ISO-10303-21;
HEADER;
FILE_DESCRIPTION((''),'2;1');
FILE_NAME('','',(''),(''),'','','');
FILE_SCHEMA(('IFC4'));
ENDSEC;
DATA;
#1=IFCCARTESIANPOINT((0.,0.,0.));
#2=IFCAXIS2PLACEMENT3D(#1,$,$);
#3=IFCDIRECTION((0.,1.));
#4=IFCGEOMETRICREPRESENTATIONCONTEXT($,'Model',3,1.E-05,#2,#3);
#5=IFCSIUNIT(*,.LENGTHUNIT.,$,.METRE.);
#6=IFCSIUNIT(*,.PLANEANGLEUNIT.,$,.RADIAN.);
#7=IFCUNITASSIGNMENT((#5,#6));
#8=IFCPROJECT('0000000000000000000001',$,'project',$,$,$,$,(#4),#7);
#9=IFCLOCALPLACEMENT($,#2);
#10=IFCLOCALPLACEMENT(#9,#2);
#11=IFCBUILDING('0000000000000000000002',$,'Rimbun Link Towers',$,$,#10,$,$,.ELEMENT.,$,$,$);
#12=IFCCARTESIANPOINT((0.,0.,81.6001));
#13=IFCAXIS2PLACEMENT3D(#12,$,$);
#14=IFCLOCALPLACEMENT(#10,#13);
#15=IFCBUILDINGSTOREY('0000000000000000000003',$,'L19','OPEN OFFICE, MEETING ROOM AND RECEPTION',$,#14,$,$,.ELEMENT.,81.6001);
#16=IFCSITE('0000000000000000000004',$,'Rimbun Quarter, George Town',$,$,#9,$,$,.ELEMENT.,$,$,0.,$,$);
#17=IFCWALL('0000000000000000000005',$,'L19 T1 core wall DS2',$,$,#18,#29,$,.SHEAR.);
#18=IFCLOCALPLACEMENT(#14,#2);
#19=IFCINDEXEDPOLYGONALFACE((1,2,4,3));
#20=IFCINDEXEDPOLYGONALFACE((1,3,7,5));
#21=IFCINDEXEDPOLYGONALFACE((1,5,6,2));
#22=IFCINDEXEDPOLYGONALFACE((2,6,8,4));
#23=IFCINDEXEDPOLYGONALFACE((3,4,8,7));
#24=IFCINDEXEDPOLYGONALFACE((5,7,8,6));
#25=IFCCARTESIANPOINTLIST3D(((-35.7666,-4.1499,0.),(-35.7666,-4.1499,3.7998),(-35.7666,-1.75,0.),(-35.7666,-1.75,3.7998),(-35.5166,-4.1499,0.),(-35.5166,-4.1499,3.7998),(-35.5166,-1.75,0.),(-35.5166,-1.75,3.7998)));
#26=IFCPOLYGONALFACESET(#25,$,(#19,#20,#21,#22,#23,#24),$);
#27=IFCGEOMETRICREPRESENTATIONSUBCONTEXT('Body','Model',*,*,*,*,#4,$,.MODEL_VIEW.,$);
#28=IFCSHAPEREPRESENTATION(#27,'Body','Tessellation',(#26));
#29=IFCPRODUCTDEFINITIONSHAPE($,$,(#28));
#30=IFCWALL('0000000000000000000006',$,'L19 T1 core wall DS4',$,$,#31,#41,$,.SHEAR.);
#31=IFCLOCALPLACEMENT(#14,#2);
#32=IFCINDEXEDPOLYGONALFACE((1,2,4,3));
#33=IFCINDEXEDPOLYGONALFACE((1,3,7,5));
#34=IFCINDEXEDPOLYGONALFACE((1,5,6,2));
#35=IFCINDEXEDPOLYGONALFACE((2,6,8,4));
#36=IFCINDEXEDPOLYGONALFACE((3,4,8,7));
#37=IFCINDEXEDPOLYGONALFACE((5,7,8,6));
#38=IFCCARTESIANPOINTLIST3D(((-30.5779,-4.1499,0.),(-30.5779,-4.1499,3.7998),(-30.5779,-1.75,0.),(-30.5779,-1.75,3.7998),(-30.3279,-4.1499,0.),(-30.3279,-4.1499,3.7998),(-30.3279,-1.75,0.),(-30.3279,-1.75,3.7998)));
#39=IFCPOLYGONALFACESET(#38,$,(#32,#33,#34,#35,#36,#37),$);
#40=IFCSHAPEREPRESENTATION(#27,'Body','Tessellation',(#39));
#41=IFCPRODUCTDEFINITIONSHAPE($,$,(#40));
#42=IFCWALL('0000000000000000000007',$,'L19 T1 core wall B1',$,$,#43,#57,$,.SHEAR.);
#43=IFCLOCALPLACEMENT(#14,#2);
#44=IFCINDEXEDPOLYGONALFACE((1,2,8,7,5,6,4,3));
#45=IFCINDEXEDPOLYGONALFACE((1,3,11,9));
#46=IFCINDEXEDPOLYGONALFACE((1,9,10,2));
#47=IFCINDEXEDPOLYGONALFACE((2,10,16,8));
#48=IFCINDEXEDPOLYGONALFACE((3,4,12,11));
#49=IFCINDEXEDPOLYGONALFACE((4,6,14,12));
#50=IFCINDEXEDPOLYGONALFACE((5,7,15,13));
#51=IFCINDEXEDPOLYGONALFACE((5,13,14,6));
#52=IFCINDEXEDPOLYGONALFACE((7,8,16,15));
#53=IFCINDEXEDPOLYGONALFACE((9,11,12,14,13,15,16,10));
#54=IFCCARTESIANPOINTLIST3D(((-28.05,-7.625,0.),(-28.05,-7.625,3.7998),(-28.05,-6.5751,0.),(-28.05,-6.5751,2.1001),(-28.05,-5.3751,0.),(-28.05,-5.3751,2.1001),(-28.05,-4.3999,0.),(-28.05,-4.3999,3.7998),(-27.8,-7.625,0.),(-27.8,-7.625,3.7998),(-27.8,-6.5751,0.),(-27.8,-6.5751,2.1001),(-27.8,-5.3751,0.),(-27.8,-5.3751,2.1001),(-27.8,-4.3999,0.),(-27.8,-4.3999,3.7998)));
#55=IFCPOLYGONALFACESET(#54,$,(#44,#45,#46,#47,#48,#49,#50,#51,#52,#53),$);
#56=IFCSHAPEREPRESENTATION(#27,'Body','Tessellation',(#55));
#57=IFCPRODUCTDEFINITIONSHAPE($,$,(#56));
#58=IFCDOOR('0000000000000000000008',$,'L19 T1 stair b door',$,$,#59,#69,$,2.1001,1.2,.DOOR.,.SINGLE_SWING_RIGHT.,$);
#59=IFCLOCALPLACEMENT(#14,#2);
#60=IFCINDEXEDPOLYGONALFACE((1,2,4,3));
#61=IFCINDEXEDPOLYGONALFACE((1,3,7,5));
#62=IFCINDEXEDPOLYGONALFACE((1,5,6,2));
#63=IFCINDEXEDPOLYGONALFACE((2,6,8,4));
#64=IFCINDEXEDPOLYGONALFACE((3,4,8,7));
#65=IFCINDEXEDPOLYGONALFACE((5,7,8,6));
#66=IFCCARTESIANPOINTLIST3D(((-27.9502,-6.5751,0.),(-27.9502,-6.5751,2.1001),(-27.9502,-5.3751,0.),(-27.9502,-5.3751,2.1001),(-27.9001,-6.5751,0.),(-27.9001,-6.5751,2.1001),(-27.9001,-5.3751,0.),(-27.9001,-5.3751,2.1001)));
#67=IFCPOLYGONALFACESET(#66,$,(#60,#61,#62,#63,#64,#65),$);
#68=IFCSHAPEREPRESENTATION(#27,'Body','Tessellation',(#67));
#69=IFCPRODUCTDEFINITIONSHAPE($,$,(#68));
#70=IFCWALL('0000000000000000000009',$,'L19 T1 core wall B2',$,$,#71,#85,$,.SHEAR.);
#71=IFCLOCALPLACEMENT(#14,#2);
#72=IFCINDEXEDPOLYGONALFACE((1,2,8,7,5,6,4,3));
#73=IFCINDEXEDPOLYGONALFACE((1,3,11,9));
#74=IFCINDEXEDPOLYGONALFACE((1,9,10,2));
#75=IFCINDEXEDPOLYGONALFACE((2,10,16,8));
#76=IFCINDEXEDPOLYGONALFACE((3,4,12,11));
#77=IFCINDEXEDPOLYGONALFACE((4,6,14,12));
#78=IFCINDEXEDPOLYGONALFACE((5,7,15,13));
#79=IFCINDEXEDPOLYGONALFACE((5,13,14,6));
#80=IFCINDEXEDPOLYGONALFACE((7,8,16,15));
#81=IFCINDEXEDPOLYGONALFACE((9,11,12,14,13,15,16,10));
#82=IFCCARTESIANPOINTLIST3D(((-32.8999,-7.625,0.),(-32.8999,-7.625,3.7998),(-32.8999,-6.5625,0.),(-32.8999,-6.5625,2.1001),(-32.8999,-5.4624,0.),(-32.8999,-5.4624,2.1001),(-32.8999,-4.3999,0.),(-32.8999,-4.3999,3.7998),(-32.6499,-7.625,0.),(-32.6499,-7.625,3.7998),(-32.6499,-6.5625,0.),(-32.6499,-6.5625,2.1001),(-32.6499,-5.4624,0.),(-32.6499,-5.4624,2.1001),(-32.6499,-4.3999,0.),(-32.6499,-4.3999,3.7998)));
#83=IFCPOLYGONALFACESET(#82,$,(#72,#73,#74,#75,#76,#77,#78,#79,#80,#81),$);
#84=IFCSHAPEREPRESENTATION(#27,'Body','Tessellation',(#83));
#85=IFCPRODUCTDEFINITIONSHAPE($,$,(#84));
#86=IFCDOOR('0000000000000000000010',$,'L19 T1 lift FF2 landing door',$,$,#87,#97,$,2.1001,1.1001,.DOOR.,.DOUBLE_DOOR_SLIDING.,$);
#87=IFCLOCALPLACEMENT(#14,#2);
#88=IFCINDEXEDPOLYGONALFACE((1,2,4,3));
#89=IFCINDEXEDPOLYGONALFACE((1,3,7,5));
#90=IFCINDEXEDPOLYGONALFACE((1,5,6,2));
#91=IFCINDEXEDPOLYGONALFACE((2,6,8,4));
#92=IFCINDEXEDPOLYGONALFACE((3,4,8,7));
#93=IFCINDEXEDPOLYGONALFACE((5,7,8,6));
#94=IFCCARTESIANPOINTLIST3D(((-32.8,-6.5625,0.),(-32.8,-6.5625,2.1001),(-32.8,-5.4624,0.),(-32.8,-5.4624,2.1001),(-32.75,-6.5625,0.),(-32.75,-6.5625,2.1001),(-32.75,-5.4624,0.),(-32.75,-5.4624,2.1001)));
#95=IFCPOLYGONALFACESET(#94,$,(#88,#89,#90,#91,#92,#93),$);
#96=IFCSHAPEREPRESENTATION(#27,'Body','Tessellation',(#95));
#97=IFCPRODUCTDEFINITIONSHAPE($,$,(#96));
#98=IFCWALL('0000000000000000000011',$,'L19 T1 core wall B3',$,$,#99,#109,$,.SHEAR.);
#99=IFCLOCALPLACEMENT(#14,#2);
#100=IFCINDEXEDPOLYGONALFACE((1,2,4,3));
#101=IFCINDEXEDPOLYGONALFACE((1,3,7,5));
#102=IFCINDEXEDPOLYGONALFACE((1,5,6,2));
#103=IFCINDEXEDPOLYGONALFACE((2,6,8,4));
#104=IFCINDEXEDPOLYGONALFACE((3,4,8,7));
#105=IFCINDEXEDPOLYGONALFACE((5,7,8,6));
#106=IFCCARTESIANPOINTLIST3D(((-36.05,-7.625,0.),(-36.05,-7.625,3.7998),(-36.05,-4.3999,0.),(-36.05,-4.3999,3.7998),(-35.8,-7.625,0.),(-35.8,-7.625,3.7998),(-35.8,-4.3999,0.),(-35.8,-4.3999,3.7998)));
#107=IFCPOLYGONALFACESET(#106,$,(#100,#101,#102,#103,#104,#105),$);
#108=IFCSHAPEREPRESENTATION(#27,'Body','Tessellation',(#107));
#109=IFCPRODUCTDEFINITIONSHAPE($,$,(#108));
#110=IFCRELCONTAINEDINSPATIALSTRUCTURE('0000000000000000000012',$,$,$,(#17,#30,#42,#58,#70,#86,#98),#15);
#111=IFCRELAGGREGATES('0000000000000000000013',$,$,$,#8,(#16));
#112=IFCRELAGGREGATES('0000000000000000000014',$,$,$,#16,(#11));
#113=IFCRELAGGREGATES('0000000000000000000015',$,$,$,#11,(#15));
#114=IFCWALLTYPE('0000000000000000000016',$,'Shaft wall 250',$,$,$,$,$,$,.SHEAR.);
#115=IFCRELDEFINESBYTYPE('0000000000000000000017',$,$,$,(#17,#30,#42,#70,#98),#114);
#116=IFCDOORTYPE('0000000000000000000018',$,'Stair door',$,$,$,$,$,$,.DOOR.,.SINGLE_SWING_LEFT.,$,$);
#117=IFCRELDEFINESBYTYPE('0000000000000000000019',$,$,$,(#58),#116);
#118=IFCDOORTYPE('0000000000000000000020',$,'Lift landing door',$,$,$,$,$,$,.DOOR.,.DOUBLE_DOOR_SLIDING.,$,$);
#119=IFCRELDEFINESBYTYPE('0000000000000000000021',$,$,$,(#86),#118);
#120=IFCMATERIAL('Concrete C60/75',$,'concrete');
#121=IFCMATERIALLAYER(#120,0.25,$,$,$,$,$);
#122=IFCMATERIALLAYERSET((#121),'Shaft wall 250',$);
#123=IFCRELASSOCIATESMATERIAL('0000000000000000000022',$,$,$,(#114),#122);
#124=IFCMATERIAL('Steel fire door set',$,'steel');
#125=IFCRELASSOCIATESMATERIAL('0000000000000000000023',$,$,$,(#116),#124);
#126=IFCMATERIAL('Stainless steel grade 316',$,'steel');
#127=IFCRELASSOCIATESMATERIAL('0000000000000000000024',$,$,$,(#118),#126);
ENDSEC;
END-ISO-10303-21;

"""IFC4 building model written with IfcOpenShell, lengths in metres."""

from ifc_helpers import new_model, si_unit, direction, frame, frame_2d, origin, place, context, subcontext, project, spatial, rectangle, extrude, material, layer, layer_set, type_object, element, fill, save


model = new_model("IFC4")

# Units and contexts
model_context = context("Model", 3, precision=1e-05, world=origin(), true_north=direction((0.0, 1.0)))
body_context = subcontext(model_context, "Body", "Model", "MODEL_VIEW")
ifc_project = project(units=[si_unit("LENGTHUNIT", "METRE"), si_unit("PLANEANGLEUNIT", "RADIAN")], contexts=[model_context])

# Site, building, storey
site_placement = place(None, origin())
site = spatial("IfcSite", under=ifc_project, at=site_placement, Name="Rimbun Quarter, George Town", CompositionType="ELEMENT", RefElevation=0.0)
building_placement = place(site_placement, origin())
building = spatial("IfcBuilding", under=site, at=building_placement, Name="Rimbun Link Towers", CompositionType="ELEMENT")
storey_placement = place(building_placement, frame((0.0, 0.0, 81.6001)))
storey = spatial("IfcBuildingStorey", under=building, at=storey_placement, Name="L19", Description="OPEN OFFICE, MEETING ROOM AND RECEPTION", CompositionType="ELEMENT", Elevation=81.6001)

# Walls
ifc_material_1 = material(Name="Concrete C60/75", Category="concrete")
ifc_layer_1 = layer(ifc_material_1, 0.25)
ifc_layer_set_1 = layer_set([ifc_layer_1], Name="Shaft wall 250")
wall_type_1 = type_object("IfcWallType", Name="Shaft wall 250", PredefinedType="SHEAR", material=ifc_layer_set_1)
for number, where, z_axis, x_axis, name in (
    (1, (-35.6416, -4.1499, 0.0), (0.0, 0.0, 1.0), (0.0, 1.0, 0.0), "L19 T1 core wall DS2"),
    (2, (-30.4529, -4.1499, 0.0), (0.0, 0.0, 1.0), (0.0, 1.0, 0.0), "L19 T1 core wall DS4"),
):
    element("IfcWall", number, at=place(storey_placement, frame(where, z_axis=z_axis, x_axis=x_axis)), inside=storey, type_object=wall_type_1, Name=name, PredefinedType="SHEAR", context=body_context, shape_type="SweptSolid", body=[
        extrude(rectangle(XDim=2.3999, YDim=0.25, at=frame_2d((1.2, 0.0))), origin(), (0.0, 0.0, 1.0), 3.7998),
    ])

# Walls, openings, doors
wall_1_placement = place(storey_placement, frame((-27.925, -4.3999, 0.0), z_axis=(0.0, 0.0, 1.0), x_axis=(0.0, -1.0, 0.0)))
wall_1 = element("IfcWall", 3, at=wall_1_placement, inside=storey, type_object=wall_type_1, Name="L19 T1 core wall B1", PredefinedType="SHEAR", context=body_context, shape_type="SweptSolid", body=[
    extrude(rectangle(XDim=3.2251, YDim=0.25, at=frame_2d((1.6125, 0.0))), origin(), (0.0, 0.0, 1.0), 3.7998),
])
opening_1_placement = place(wall_1_placement, frame((0.9751, 0.0, 0.0)))
opening_1 = element("IfcOpeningElement", 4, at=opening_1_placement, cuts=wall_1, PredefinedType="OPENING", context=body_context, shape_type="SweptSolid", body=[
    extrude(rectangle(XDim=1.2, YDim=2.1001, at=frame_2d((0.6001, 1.05))), frame((0.0, 0.135, 0.0), z_axis=(0.0, -1.0, 0.0), x_axis=(1.0, 0.0, 0.0)), (0.0, 0.0, 1.0), 0.27),
])
ifc_material_2 = material(Name="Steel fire door set", Category="steel")
door_type_1 = type_object("IfcDoorType", Name="Stair door", OperationType="SINGLE_SWING_LEFT", PredefinedType="DOOR", material=ifc_material_2)
door_1_placement = place(opening_1_placement, origin())
door_1 = element("IfcDoor", 5, at=door_1_placement, inside=storey, type_object=door_type_1, Name="L19 T1 stair b door", OperationType="SINGLE_SWING_RIGHT", OverallHeight=2.1001, OverallWidth=1.2, PredefinedType="DOOR", context=body_context, shape_type="SweptSolid", body=[
    extrude(rectangle(XDim=1.2, YDim=2.1001, at=frame_2d((0.6001, 1.05))), frame((0.0, 0.0249, 0.0), z_axis=(0.0, -1.0, 0.0), x_axis=(1.0, 0.0, 0.0)), (0.0, 0.0, 1.0), 0.05),
])
fill(opening_1, door_1)
wall_2_placement = place(storey_placement, frame((-32.7749, -4.3999, 0.0), z_axis=(0.0, 0.0, 1.0), x_axis=(0.0, -1.0, 0.0)))
wall_2 = element("IfcWall", 6, at=wall_2_placement, inside=storey, type_object=wall_type_1, Name="L19 T1 core wall B2", PredefinedType="SHEAR", context=body_context, shape_type="SweptSolid", body=[
    extrude(rectangle(XDim=3.2251, YDim=0.25, at=frame_2d((1.6125, 0.0))), origin(), (0.0, 0.0, 1.0), 3.7998),
])
opening_2_placement = place(wall_2_placement, frame((1.0625, 0.0, 0.0)))
opening_2 = element("IfcOpeningElement", 7, at=opening_2_placement, cuts=wall_2, PredefinedType="OPENING", context=body_context, shape_type="SweptSolid", body=[
    extrude(rectangle(XDim=1.1001, YDim=2.1001, at=frame_2d((0.55, 1.05))), frame((0.0, 0.135, 0.0), z_axis=(0.0, -1.0, 0.0), x_axis=(1.0, 0.0, 0.0)), (0.0, 0.0, 1.0), 0.27),
])
ifc_material_3 = material(Name="Stainless steel grade 316", Category="steel")
door_type_2 = type_object("IfcDoorType", Name="Lift landing door", OperationType="DOUBLE_DOOR_SLIDING", PredefinedType="DOOR", material=ifc_material_3)
door_2_placement = place(opening_2_placement, origin())
door_2 = element("IfcDoor", 8, at=door_2_placement, inside=storey, type_object=door_type_2, Name="L19 T1 lift FF2 landing door", OperationType="DOUBLE_DOOR_SLIDING", OverallHeight=2.1001, OverallWidth=1.1001, PredefinedType="DOOR", context=body_context, shape_type="SweptSolid", body=[
    extrude(rectangle(XDim=1.1001, YDim=2.1001, at=frame_2d((0.55, 1.05))), frame((0.0, 0.0249, 0.0), z_axis=(0.0, -1.0, 0.0), x_axis=(1.0, 0.0, 0.0)), (0.0, 0.0, 1.0), 0.05),
])
fill(opening_2, door_2)

# Wall
wall_3_placement = place(storey_placement, frame((-35.925, -4.3999, 0.0), z_axis=(0.0, 0.0, 1.0), x_axis=(0.0, -1.0, 0.0)))
element("IfcWall", 9, at=wall_3_placement, inside=storey, type_object=wall_type_1, Name="L19 T1 core wall B3", PredefinedType="SHEAR", context=body_context, shape_type="SweptSolid", body=[
    extrude(rectangle(XDim=3.2251, YDim=0.25, at=frame_2d((1.6125, 0.0))), origin(), (0.0, 0.0, 1.0), 3.7998),
])

save(model, "model.ifc")
